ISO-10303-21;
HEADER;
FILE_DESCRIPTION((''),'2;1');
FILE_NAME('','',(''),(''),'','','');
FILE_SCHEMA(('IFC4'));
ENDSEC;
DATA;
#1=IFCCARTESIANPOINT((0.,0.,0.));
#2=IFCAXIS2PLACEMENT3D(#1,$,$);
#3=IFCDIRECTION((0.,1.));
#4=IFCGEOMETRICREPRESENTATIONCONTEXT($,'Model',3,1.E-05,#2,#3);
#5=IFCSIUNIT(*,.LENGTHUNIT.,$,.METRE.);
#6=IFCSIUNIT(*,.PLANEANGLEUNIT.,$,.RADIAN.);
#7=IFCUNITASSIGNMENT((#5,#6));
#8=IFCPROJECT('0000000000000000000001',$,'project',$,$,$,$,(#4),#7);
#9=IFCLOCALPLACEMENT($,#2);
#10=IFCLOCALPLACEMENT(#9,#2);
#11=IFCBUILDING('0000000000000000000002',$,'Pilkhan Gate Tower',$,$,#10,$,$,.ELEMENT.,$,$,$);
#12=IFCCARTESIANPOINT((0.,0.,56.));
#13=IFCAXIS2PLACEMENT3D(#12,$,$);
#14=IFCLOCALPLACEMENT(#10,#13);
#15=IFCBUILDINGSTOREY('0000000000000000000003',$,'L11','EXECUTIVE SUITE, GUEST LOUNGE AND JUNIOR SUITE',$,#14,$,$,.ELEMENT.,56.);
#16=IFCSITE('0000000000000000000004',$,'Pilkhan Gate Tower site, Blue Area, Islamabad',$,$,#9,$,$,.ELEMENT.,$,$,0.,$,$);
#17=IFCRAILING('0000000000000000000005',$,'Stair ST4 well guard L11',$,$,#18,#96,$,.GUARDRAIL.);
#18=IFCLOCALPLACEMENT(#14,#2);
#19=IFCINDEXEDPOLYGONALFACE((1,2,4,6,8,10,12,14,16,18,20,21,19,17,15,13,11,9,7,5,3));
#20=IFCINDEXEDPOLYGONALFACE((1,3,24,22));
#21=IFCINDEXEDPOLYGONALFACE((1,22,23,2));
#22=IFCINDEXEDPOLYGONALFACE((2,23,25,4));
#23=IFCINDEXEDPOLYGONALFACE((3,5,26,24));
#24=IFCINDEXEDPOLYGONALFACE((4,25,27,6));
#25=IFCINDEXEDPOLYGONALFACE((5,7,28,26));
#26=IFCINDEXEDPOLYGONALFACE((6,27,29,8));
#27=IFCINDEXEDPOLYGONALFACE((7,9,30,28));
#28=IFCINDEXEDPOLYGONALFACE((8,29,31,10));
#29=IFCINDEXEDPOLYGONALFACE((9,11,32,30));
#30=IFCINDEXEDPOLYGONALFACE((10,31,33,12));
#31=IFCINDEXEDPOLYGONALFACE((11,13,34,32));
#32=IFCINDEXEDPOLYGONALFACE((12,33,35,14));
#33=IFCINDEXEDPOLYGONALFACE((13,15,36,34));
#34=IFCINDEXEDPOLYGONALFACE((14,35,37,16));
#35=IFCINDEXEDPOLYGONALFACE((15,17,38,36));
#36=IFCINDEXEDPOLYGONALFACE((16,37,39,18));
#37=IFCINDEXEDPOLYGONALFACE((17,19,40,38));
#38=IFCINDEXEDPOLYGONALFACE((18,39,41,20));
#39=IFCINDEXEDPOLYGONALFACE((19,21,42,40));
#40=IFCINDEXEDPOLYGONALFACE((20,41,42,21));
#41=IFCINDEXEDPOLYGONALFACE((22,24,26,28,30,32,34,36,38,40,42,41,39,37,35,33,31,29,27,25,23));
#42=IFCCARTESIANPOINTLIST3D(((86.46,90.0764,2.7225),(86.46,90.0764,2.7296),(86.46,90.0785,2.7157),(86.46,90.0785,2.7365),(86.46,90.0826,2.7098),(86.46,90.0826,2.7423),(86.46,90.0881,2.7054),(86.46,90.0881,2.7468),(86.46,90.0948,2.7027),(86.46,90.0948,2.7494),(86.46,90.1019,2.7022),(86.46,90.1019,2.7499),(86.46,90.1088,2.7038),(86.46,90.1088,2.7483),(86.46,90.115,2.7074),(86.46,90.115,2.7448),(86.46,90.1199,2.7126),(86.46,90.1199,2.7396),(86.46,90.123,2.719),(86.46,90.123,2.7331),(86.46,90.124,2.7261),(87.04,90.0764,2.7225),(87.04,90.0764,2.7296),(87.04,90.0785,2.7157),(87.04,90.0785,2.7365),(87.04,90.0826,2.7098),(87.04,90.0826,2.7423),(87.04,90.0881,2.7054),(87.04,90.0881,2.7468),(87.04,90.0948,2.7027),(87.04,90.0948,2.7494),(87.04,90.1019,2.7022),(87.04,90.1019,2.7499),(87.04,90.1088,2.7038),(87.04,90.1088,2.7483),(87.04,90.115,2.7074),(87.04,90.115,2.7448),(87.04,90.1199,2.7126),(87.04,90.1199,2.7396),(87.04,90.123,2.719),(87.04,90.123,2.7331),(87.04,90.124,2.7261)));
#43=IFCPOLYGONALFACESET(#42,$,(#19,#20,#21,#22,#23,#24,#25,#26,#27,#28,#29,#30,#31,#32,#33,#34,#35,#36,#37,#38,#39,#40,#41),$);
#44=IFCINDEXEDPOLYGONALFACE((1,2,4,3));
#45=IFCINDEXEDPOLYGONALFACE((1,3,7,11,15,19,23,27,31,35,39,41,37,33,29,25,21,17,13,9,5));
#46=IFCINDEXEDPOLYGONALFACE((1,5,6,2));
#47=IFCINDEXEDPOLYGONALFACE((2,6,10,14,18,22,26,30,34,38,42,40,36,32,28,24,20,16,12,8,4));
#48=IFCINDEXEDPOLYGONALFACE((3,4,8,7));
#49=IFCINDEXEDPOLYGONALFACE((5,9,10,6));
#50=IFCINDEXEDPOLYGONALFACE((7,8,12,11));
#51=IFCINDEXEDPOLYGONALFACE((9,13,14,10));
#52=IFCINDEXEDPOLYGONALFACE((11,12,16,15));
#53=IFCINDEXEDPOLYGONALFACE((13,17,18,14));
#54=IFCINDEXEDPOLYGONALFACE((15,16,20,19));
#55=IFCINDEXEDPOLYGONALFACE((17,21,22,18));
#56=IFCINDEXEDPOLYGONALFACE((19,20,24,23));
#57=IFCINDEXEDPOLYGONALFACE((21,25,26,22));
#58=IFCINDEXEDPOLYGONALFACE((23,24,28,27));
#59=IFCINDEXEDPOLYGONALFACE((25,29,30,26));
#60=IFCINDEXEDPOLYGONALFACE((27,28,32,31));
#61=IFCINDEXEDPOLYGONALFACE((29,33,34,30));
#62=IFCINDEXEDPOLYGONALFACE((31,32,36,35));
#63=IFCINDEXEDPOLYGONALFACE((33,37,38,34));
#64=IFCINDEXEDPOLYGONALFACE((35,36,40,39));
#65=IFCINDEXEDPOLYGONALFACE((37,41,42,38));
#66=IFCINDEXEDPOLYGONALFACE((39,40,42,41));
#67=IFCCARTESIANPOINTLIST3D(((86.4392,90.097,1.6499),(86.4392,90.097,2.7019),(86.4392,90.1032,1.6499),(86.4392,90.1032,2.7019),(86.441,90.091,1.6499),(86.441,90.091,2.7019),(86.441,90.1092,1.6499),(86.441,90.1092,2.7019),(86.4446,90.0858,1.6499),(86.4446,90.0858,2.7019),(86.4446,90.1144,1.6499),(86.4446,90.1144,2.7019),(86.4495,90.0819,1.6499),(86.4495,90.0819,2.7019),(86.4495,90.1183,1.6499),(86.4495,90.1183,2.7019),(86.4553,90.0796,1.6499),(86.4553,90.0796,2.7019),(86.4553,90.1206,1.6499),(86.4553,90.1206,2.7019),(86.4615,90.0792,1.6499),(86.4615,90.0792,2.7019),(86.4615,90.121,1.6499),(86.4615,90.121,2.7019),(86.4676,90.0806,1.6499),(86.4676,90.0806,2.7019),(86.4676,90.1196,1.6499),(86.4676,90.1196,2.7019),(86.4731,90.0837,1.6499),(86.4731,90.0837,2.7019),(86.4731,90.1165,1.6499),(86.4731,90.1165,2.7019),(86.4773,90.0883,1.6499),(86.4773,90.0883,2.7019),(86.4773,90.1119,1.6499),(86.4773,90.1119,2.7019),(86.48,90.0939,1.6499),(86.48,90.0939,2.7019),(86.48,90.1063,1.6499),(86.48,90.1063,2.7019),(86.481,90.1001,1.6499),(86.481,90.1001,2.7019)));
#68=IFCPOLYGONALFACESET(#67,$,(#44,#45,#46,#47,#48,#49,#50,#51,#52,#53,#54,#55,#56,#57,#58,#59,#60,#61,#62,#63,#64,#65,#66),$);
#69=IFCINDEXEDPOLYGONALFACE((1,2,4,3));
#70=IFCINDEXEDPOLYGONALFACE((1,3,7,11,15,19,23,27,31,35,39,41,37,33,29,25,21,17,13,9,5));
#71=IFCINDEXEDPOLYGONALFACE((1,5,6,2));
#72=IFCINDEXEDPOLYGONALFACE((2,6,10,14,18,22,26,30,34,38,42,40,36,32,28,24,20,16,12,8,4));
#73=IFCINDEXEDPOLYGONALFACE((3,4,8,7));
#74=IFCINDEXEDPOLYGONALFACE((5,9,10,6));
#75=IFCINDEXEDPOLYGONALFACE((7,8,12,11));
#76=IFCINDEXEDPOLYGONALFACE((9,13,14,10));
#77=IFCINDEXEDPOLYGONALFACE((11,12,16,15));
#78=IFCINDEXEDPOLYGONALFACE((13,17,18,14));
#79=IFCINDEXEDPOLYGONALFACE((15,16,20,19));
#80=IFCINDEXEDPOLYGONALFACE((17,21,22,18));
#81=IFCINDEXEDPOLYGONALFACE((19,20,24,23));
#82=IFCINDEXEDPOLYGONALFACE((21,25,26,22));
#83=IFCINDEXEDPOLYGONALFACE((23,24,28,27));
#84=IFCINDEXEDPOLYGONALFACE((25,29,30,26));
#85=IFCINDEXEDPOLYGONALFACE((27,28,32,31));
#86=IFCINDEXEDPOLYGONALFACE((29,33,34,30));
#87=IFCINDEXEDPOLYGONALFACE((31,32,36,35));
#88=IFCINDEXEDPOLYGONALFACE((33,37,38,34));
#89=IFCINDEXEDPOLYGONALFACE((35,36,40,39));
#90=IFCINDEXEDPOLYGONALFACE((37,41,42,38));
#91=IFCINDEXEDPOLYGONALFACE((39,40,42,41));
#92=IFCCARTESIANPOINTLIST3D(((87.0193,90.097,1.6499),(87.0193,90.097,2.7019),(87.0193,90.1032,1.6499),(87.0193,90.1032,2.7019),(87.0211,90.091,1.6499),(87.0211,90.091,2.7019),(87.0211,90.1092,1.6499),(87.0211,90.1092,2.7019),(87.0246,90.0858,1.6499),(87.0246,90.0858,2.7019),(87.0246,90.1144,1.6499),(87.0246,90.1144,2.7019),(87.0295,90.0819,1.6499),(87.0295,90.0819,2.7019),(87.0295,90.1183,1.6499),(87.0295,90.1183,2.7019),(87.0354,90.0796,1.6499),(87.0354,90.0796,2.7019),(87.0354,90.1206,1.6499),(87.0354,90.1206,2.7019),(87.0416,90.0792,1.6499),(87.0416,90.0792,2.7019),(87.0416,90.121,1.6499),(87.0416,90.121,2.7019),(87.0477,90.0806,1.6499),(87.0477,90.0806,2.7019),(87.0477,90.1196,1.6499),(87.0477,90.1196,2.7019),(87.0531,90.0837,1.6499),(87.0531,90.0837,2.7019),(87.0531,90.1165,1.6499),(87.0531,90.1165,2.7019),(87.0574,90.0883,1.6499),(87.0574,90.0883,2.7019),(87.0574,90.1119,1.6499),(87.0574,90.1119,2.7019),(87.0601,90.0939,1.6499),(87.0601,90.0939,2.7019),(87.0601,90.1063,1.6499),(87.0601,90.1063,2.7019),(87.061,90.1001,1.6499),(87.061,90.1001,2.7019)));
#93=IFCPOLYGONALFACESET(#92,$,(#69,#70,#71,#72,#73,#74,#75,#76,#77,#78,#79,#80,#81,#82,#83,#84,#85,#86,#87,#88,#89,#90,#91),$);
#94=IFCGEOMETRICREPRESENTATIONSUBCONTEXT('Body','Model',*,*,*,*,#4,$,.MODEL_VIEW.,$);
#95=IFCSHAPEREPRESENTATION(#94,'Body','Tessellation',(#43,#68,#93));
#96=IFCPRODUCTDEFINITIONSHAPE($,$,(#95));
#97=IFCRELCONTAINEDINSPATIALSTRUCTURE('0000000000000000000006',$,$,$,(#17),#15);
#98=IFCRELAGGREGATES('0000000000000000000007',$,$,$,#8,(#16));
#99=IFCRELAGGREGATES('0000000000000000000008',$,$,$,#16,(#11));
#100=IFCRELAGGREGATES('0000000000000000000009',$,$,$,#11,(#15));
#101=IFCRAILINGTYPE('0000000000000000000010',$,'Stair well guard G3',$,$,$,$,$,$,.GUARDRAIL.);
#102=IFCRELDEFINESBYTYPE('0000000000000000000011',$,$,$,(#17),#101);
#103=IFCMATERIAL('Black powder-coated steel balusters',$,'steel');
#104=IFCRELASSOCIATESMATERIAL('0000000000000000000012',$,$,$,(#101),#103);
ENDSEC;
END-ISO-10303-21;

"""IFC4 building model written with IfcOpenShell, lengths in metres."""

from ifc_helpers import new_model, si_unit, direction, frame, origin, origin_2d, place, context, subcontext, project, spatial, circle, extrude, material, type_object, element, save


model = new_model("IFC4")

# Units and contexts
model_context = context("Model", 3, precision=1e-05, world=origin(), true_north=direction((0.0, 1.0)))
body_context = subcontext(model_context, "Body", "Model", "MODEL_VIEW")
ifc_project = project(units=[si_unit("LENGTHUNIT", "METRE"), si_unit("PLANEANGLEUNIT", "RADIAN")], contexts=[model_context])

# Site, building, storey
site_placement = place(None, origin())
site = spatial("IfcSite", under=ifc_project, at=site_placement, Name="Pilkhan Gate Tower site, Blue Area, Islamabad", CompositionType="ELEMENT", RefElevation=0.0)
building_placement = place(site_placement, origin())
building = spatial("IfcBuilding", under=site, at=building_placement, Name="Pilkhan Gate Tower", CompositionType="ELEMENT")
storey_placement = place(building_placement, frame((0.0, 0.0, 56.0)))
storey = spatial("IfcBuildingStorey", under=building, at=storey_placement, Name="L11", Description="EXECUTIVE SUITE, GUEST LOUNGE AND JUNIOR SUITE", CompositionType="ELEMENT", Elevation=56.0)

# Railing
ifc_material_1 = material(Name="Black powder-coated steel balusters", Category="steel")
railing_type_1 = type_object("IfcRailingType", Name="Stair well guard G3", PredefinedType="GUARDRAIL", material=ifc_material_1)
for number, where, name in (
    (1, (86.46, 90.1001, 1.6499), "Stair ST4 well guard L11"),
):
    element("IfcRailing", number, at=place(storey_placement, frame(where)), inside=storey, type_object=railing_type_1, Name=name, PredefinedType="GUARDRAIL", context=body_context, shape_type="SweptSolid", body=[
        extrude(circle(Radius=0.0239, at=origin_2d()), frame((0.0, 0.0, 1.0762), z_axis=(1.0, 0.0, 0.0), x_axis=(0.0, 1.0, 0.0)), (0.0, 0.0, 1.0), 0.5801),
        extrude(circle(Radius=0.021, at=origin_2d()), origin(), (0.0, 0.0, 1.0), 1.052),
        extrude(circle(Radius=0.021, at=origin_2d()), frame((0.5801, 0.0, 0.0)), (0.0, 0.0, 1.0), 1.052),
    ])

save(model, "model.ifc")
